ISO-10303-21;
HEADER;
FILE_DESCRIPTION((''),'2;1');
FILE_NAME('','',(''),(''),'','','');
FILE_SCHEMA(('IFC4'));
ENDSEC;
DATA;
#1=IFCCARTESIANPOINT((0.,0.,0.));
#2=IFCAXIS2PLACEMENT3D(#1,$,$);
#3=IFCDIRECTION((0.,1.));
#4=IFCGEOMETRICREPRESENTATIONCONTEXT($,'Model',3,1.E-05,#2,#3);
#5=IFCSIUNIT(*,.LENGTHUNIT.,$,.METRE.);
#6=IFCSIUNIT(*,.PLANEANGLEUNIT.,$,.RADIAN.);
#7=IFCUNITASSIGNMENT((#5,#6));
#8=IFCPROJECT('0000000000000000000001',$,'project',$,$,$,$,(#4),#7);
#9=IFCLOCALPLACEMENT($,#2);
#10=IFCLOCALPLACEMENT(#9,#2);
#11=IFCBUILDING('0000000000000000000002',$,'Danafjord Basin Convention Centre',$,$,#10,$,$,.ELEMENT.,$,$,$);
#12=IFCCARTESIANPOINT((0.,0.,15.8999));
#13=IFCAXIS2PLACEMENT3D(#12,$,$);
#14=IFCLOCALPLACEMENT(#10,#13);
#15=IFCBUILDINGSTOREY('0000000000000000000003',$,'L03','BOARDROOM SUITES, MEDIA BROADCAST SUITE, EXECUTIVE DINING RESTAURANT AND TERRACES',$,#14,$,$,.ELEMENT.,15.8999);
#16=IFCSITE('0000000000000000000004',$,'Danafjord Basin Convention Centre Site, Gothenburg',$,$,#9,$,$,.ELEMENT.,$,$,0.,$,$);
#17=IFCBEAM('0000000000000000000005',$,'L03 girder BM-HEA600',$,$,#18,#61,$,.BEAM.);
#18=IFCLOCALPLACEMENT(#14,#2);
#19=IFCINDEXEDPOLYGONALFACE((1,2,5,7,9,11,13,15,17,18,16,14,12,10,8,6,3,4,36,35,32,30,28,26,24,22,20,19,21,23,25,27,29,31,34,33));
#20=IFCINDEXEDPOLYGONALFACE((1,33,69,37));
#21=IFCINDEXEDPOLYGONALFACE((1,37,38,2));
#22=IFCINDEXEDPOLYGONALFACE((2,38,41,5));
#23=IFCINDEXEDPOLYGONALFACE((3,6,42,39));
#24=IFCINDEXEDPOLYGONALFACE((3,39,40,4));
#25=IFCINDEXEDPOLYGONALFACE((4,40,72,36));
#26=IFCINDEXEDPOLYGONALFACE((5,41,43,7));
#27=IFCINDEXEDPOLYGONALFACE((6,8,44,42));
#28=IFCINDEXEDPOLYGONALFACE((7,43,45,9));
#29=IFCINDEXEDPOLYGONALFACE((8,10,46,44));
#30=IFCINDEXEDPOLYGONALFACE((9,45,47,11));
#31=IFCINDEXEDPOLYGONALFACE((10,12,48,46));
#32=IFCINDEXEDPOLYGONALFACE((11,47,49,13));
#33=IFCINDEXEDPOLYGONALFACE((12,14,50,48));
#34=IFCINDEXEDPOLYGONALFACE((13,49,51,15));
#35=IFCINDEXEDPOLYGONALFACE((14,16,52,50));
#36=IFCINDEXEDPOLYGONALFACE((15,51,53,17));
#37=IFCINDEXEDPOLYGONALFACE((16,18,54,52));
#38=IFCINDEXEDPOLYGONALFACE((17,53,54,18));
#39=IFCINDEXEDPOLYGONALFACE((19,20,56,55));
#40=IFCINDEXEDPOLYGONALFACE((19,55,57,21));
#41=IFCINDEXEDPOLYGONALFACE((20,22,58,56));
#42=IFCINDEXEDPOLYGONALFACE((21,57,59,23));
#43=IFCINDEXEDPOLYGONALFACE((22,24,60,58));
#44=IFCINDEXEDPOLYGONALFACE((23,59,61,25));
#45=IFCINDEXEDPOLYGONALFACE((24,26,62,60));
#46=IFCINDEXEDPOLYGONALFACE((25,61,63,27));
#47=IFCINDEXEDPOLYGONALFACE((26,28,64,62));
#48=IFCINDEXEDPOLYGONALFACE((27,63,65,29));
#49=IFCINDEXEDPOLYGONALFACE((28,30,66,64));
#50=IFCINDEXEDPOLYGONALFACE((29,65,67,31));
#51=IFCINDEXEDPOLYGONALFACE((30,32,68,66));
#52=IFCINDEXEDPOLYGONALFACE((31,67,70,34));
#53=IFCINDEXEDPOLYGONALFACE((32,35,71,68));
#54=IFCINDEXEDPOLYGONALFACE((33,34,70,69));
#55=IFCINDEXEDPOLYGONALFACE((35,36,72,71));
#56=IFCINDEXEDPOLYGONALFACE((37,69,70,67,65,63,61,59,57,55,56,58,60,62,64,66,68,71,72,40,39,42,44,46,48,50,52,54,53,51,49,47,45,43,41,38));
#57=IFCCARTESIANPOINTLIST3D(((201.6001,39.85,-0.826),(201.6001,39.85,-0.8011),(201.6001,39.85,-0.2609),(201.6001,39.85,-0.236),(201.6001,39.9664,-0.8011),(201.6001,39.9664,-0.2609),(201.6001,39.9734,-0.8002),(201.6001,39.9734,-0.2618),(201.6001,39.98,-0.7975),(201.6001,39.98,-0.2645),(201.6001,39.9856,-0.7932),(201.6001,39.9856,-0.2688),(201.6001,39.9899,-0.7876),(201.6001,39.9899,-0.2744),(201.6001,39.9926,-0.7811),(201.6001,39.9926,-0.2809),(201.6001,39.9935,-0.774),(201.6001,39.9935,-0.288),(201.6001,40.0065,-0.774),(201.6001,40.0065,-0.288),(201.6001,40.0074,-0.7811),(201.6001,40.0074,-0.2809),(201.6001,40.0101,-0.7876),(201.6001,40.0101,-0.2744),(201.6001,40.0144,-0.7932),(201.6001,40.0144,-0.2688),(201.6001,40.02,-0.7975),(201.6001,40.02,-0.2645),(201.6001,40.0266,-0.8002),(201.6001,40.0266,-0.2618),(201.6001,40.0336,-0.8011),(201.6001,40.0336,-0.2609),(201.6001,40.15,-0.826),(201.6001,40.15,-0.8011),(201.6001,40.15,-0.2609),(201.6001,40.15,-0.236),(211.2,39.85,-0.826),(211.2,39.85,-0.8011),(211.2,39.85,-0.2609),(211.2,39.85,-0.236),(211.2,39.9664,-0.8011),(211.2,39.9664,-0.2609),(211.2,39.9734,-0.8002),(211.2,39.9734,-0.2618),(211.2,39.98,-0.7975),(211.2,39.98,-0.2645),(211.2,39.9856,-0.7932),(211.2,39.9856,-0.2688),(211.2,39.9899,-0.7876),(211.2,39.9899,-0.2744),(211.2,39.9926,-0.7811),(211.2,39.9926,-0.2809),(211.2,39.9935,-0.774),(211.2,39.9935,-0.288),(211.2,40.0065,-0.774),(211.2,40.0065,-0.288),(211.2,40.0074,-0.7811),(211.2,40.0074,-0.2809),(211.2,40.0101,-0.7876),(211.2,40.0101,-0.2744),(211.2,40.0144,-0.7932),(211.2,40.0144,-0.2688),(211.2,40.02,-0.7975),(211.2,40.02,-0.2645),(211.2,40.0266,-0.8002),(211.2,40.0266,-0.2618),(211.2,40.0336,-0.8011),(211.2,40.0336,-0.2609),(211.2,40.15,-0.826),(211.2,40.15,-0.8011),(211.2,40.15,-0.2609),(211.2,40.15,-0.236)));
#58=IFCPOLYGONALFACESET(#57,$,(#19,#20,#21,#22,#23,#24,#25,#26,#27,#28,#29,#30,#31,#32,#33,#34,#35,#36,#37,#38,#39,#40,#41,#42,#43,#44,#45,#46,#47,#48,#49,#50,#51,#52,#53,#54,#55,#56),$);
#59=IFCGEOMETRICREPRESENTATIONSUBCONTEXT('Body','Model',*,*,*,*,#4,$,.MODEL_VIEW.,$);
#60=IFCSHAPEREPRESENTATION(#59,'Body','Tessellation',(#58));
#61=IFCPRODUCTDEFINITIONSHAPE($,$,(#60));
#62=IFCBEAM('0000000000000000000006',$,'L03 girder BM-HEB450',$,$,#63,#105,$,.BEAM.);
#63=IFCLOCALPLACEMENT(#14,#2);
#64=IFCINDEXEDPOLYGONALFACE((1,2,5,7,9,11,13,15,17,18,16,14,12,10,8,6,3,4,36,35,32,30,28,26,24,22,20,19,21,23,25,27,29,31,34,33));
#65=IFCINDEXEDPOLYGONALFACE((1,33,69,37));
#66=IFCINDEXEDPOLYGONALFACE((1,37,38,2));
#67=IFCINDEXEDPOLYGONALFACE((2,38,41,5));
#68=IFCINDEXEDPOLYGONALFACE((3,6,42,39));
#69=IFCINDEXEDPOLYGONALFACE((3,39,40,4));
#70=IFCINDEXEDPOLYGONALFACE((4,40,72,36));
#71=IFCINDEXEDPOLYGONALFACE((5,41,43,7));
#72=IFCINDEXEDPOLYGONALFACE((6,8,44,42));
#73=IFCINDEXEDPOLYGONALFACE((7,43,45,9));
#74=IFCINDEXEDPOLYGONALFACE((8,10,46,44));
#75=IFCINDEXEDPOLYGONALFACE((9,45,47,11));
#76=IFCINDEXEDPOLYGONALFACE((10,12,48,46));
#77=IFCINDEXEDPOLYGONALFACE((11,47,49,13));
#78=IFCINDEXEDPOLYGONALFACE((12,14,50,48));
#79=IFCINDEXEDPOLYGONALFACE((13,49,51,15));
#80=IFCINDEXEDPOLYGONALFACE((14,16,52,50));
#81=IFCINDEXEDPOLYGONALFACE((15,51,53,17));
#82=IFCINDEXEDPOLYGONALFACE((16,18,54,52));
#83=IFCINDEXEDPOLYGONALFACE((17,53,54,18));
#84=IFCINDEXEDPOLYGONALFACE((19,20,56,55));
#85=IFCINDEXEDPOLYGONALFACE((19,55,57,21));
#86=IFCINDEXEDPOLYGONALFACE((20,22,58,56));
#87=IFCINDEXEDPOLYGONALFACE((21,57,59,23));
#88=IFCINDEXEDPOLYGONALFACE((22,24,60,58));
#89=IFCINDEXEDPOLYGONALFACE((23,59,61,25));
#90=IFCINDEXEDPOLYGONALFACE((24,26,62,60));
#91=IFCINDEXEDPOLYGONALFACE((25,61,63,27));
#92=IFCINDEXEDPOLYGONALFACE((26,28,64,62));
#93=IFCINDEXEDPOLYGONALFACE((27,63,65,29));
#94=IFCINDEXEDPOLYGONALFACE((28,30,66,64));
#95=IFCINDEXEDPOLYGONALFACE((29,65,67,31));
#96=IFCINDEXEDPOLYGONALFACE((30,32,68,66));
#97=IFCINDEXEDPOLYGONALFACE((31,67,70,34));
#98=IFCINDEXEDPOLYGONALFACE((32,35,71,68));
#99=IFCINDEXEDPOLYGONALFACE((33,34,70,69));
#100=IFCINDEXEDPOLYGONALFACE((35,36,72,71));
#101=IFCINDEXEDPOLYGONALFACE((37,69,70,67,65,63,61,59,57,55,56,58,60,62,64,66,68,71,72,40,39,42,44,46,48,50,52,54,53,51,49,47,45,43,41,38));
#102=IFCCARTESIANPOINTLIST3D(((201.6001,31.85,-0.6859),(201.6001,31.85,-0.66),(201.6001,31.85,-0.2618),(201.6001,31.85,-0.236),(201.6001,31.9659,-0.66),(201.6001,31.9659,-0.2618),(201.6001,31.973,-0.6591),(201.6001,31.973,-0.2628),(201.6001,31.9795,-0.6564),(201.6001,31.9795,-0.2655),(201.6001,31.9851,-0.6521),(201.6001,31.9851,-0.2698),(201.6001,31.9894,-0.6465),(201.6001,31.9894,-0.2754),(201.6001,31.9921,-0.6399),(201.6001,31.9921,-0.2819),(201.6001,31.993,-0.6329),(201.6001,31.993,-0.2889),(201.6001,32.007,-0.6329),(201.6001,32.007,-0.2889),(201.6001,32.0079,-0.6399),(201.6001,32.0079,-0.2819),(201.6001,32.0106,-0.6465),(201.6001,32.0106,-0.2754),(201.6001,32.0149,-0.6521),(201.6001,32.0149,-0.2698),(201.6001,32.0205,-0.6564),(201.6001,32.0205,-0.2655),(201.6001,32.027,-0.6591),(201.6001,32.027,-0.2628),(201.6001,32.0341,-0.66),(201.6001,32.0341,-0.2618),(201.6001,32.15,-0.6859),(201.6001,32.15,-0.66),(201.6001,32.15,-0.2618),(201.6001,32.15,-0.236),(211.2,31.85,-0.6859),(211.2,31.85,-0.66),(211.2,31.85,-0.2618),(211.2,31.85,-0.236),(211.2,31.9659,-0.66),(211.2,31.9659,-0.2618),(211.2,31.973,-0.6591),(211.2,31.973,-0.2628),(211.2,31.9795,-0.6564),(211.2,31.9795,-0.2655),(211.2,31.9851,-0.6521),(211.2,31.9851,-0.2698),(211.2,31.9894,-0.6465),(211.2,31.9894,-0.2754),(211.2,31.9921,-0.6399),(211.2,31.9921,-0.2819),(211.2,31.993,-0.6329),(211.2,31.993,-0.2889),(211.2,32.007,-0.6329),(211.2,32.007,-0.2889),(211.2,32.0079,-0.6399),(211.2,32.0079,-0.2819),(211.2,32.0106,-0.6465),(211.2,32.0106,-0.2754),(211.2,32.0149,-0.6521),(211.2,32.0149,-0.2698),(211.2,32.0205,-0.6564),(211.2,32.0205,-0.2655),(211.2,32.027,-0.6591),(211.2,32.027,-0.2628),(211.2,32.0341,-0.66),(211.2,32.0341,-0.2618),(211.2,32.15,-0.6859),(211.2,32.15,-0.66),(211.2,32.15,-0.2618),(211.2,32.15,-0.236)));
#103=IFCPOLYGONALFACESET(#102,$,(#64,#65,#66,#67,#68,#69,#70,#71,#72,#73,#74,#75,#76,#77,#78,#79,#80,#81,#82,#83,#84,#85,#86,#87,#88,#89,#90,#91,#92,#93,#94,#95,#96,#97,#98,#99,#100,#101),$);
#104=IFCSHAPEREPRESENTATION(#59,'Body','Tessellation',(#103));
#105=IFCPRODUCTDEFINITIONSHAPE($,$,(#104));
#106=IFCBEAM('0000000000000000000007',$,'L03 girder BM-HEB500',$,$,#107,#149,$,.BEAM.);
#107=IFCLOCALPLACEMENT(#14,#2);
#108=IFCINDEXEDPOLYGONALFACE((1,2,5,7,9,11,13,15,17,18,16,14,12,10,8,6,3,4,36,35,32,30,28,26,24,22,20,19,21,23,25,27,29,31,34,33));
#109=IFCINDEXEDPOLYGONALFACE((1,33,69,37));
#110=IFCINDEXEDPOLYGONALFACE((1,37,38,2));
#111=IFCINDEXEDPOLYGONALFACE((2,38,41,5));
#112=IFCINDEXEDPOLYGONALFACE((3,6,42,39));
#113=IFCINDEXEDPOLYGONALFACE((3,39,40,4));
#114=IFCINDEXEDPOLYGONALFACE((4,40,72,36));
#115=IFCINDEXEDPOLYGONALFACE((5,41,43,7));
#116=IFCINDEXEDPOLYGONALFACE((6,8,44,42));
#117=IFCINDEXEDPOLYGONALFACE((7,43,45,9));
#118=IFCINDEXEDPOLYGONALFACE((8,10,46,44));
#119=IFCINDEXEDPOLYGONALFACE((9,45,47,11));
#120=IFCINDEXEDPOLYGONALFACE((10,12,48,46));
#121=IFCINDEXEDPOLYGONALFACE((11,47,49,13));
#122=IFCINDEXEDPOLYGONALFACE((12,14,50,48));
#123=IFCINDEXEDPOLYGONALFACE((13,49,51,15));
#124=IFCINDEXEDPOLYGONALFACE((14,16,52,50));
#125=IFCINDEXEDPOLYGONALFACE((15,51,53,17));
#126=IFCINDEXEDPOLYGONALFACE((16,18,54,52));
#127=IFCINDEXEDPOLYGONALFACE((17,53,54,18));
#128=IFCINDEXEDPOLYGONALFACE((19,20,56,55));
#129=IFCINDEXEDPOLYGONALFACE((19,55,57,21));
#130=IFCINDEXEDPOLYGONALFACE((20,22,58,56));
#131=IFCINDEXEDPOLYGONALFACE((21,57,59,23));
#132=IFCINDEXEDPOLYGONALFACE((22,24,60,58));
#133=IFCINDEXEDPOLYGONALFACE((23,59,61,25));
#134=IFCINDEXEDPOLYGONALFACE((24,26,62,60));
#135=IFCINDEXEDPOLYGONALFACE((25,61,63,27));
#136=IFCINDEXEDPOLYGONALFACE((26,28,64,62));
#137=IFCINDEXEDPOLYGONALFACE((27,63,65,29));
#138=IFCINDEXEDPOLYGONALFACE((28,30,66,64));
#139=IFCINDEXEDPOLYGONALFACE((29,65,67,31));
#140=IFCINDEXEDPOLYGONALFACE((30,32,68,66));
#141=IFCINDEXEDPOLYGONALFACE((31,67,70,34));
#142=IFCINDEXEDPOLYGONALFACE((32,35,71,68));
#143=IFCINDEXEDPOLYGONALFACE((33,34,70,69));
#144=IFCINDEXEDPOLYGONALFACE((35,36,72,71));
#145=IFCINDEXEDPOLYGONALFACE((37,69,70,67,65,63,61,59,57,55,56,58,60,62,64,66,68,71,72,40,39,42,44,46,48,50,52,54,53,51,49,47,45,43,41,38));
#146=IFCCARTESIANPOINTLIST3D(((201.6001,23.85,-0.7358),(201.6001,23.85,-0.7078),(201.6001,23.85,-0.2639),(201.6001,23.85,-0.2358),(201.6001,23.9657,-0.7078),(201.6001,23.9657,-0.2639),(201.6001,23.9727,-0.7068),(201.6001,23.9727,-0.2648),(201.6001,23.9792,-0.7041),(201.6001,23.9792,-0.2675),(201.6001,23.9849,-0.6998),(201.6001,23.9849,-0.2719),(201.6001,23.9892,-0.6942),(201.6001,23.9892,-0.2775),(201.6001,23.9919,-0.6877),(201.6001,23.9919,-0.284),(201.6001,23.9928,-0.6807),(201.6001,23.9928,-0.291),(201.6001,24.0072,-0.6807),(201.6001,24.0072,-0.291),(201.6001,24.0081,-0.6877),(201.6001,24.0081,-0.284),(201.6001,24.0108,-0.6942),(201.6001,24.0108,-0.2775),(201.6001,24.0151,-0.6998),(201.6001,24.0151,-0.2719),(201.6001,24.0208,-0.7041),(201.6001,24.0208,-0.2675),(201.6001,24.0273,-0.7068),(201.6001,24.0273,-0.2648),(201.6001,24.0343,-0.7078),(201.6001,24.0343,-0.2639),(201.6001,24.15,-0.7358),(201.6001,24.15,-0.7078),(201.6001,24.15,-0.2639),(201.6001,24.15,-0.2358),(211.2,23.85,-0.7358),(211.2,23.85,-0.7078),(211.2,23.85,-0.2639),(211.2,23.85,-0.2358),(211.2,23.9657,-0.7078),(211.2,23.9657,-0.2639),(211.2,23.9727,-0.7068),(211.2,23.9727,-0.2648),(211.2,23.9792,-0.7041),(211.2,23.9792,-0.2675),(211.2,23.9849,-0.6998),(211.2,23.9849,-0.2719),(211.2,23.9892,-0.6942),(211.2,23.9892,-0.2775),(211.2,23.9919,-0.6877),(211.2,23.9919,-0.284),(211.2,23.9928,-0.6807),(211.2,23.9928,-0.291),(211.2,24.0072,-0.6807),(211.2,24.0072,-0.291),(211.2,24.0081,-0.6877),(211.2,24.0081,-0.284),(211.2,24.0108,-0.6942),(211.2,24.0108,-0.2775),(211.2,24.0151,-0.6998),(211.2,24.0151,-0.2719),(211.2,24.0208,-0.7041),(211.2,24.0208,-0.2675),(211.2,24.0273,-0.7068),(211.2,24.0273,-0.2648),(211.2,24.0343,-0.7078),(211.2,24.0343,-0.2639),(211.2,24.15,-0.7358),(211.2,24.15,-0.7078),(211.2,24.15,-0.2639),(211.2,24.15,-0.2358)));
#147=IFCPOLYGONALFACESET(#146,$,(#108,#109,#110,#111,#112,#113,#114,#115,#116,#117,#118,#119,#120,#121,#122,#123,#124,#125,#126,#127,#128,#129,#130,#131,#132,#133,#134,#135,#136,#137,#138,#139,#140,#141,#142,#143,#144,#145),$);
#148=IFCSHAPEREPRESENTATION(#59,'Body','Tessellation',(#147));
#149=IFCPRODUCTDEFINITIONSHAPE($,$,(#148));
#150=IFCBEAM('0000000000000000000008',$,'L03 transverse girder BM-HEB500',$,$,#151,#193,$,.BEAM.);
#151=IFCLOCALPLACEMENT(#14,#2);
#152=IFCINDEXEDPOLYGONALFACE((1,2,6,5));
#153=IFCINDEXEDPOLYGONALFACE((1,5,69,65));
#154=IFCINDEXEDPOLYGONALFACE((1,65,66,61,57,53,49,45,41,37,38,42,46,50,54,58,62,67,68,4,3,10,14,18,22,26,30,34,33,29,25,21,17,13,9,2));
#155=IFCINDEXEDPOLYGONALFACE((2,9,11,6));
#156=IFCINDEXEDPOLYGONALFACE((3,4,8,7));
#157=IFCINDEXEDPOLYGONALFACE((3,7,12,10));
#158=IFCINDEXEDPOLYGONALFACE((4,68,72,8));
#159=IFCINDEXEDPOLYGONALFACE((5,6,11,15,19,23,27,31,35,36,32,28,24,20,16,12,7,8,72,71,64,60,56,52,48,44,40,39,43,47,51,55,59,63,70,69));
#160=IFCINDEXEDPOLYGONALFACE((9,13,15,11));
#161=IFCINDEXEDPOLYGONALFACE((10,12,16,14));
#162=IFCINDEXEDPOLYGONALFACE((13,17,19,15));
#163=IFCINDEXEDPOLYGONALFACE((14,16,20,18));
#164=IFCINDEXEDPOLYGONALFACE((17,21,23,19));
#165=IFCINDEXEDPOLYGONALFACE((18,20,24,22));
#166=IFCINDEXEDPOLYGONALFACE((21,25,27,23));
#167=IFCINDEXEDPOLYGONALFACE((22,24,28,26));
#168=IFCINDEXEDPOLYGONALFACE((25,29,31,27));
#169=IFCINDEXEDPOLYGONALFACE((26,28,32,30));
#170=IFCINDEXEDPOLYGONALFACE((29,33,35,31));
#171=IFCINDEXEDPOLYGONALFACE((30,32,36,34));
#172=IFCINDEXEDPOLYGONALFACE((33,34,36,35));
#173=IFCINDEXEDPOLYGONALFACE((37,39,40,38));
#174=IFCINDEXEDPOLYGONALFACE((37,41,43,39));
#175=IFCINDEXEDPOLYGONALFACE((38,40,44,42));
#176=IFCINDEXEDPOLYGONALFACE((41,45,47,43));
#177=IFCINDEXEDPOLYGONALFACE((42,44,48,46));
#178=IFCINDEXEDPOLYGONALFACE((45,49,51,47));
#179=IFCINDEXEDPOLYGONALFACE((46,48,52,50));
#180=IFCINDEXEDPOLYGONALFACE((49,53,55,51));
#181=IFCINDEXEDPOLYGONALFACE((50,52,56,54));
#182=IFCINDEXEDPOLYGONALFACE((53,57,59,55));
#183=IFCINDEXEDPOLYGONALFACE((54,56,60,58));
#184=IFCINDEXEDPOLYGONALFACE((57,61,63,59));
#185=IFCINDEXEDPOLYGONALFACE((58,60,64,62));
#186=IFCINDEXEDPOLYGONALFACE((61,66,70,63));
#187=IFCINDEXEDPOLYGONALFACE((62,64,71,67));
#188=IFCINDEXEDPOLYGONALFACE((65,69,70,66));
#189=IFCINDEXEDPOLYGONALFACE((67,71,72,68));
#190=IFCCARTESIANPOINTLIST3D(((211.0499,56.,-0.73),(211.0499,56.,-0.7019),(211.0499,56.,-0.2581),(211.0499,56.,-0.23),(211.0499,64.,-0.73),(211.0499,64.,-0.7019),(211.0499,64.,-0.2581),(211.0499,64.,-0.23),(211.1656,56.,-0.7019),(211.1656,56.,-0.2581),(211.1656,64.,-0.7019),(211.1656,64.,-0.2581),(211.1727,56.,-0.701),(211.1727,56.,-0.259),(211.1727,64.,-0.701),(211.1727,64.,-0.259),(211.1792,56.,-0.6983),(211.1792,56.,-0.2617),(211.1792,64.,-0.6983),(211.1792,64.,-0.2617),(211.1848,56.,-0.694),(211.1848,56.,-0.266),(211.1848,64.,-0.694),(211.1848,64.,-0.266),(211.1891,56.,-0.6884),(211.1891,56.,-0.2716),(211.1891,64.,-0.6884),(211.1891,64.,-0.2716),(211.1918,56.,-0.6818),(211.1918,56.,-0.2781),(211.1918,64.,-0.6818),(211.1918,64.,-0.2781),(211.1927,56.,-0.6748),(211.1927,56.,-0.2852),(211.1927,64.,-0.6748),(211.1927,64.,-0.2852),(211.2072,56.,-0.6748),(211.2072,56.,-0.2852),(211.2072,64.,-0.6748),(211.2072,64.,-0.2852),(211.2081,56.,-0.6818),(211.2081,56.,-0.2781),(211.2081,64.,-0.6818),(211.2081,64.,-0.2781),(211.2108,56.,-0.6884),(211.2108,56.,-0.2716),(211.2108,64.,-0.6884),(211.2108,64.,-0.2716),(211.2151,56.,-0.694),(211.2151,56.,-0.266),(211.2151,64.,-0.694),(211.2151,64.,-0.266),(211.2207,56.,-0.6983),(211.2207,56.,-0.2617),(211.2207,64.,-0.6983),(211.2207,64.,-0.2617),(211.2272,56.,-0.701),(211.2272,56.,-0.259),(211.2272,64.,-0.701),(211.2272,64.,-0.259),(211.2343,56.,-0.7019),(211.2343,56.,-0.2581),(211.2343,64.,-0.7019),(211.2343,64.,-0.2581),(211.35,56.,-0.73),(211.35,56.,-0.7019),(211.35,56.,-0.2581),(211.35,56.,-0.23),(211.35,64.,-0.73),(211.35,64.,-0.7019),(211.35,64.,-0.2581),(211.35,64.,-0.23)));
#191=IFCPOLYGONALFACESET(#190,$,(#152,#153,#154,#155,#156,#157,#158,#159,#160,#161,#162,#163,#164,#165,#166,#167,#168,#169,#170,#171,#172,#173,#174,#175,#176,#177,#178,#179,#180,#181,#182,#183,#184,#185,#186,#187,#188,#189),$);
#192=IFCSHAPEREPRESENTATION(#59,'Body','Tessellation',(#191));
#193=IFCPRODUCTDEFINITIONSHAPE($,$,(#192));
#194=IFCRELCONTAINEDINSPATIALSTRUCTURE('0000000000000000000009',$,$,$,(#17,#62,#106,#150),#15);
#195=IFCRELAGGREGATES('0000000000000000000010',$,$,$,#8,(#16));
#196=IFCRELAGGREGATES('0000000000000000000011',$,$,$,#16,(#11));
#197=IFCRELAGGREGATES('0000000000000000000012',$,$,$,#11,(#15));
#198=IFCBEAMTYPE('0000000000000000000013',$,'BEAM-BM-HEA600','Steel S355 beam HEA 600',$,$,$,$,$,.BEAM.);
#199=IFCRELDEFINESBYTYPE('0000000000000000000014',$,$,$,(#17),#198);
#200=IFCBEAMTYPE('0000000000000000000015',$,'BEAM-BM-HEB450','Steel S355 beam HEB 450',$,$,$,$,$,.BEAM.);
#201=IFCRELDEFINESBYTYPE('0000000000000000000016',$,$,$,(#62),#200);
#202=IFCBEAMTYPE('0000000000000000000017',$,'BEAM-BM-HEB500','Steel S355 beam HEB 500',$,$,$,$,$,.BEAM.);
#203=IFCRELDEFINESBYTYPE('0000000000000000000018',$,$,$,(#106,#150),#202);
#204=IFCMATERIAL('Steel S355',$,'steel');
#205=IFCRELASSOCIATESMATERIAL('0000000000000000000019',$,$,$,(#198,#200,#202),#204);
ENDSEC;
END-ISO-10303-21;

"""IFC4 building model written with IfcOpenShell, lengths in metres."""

from ifc_helpers import new_model, si_unit, direction, frame, origin, origin_2d, place, context, subcontext, project, spatial, i_section, extrude, material, material_profile, profile_set, type_object, element, save


model = new_model("IFC4")

# Units and contexts
model_context = context("Model", 3, precision=1e-05, world=origin(), true_north=direction((0.0, 1.0)))
body_context = subcontext(model_context, "Body", "Model", "MODEL_VIEW")
ifc_project = project(units=[si_unit("LENGTHUNIT", "METRE"), si_unit("PLANEANGLEUNIT", "RADIAN")], contexts=[model_context])

# Site, building, storey
site_placement = place(None, origin())
site = spatial("IfcSite", under=ifc_project, at=site_placement, Name="Danafjord Basin Convention Centre Site, Gothenburg", CompositionType="ELEMENT", RefElevation=0.0)
building_placement = place(site_placement, origin())
building = spatial("IfcBuilding", under=site, at=building_placement, Name="Danafjord Basin Convention Centre", CompositionType="ELEMENT")
storey_placement = place(building_placement, frame((0.0, 0.0, 15.8999)))
storey = spatial("IfcBuildingStorey", under=building, at=storey_placement, Name="L03", Description="BOARDROOM SUITES, MEDIA BROADCAST SUITE, EXECUTIVE DINING RESTAURANT AND TERRACES", CompositionType="ELEMENT", Elevation=15.8999)

# Shared definitions
ifc_material_1 = material(Name="Steel S355", Category="steel")

# Beams
ifc_material_profile_1 = material_profile(ifc_material_1, i_section(OverallWidth=0.3, OverallDepth=0.5901, WebThickness=0.0129, FlangeThickness=0.0249, FilletRadius=0.0271, at=origin_2d()), Name="HEA 600")
ifc_profile_set_1 = profile_set([ifc_material_profile_1], Name="Steel S355")
beam_type_1 = type_object("IfcBeamType", Name="BEAM-BM-HEA600", Description="Steel S355 beam HEA 600", PredefinedType="BEAM", material=ifc_profile_set_1)
beam_1_placement = place(storey_placement, frame((201.6001, 40.0, -0.531), z_axis=(1.0, 0.0, 0.0), x_axis=(0.0, 1.0, 0.0)))
element("IfcBeam", 1, at=beam_1_placement, inside=storey, type_object=beam_type_1, Name="L03 girder BM-HEA600", PredefinedType="BEAM", context=body_context, shape_type="SweptSolid", body=[
    extrude(i_section(OverallWidth=0.3, OverallDepth=0.5901, WebThickness=0.0129, FlangeThickness=0.0249, FilletRadius=0.0271, at=origin_2d()), origin(), (0.0, 0.0, 1.0), 9.5999),
])
ifc_material_profile_2 = material_profile(ifc_material_1, i_section(OverallWidth=0.3, OverallDepth=0.45, WebThickness=0.0139, FlangeThickness=0.0259, FilletRadius=0.0271, at=origin_2d()), Name="HEB 450")
ifc_profile_set_2 = profile_set([ifc_material_profile_2], Name="Steel S355")
beam_type_2 = type_object("IfcBeamType", Name="BEAM-BM-HEB450", Description="Steel S355 beam HEB 450", PredefinedType="BEAM", material=ifc_profile_set_2)
beam_2_placement = place(storey_placement, frame((201.6001, 32.0, -0.4609), z_axis=(1.0, 0.0, 0.0), x_axis=(0.0, 1.0, 0.0)))
element("IfcBeam", 2, at=beam_2_placement, inside=storey, type_object=beam_type_2, Name="L03 girder BM-HEB450", PredefinedType="BEAM", context=body_context, shape_type="SweptSolid", body=[
    extrude(i_section(OverallWidth=0.3, OverallDepth=0.45, WebThickness=0.0139, FlangeThickness=0.0259, FilletRadius=0.0271, at=origin_2d()), origin(), (0.0, 0.0, 1.0), 9.5999),
])
ifc_material_profile_3 = material_profile(ifc_material_1, i_section(OverallWidth=0.3, OverallDepth=0.5, WebThickness=0.0144, FlangeThickness=0.0281, FilletRadius=0.0271, at=origin_2d()), Name="HEB 500")
ifc_profile_set_3 = profile_set([ifc_material_profile_3], Name="Steel S355")
beam_type_3 = type_object("IfcBeamType", Name="BEAM-BM-HEB500", Description="Steel S355 beam HEB 500", PredefinedType="BEAM", material=ifc_profile_set_3)
beam_3_placement = place(storey_placement, frame((201.6001, 24.0, -0.4858), z_axis=(1.0, 0.0, 0.0), x_axis=(0.0, 1.0, 0.0)))
element("IfcBeam", 3, at=beam_3_placement, inside=storey, type_object=beam_type_3, Name="L03 girder BM-HEB500", PredefinedType="BEAM", context=body_context, shape_type="SweptSolid", body=[
    extrude(i_section(OverallWidth=0.3, OverallDepth=0.5, WebThickness=0.0144, FlangeThickness=0.0281, FilletRadius=0.0271, at=origin_2d()), origin(), (0.0, 0.0, 1.0), 9.5999),
])
beam_4_placement = place(storey_placement, frame((211.2, 56.0, -0.48), z_axis=(0.0, 1.0, 0.0), x_axis=(-1.0, 0.0, 0.0)))
element("IfcBeam", 4, at=beam_4_placement, inside=storey, type_object=beam_type_3, Name="L03 transverse girder BM-HEB500", PredefinedType="BEAM", context=body_context, shape_type="SweptSolid", body=[
    extrude(i_section(OverallWidth=0.3, OverallDepth=0.5, WebThickness=0.0144, FlangeThickness=0.0281, FilletRadius=0.0271, at=origin_2d()), origin(), (0.0, 0.0, 1.0), 8.0),
])

save(model, "model.ifc")
